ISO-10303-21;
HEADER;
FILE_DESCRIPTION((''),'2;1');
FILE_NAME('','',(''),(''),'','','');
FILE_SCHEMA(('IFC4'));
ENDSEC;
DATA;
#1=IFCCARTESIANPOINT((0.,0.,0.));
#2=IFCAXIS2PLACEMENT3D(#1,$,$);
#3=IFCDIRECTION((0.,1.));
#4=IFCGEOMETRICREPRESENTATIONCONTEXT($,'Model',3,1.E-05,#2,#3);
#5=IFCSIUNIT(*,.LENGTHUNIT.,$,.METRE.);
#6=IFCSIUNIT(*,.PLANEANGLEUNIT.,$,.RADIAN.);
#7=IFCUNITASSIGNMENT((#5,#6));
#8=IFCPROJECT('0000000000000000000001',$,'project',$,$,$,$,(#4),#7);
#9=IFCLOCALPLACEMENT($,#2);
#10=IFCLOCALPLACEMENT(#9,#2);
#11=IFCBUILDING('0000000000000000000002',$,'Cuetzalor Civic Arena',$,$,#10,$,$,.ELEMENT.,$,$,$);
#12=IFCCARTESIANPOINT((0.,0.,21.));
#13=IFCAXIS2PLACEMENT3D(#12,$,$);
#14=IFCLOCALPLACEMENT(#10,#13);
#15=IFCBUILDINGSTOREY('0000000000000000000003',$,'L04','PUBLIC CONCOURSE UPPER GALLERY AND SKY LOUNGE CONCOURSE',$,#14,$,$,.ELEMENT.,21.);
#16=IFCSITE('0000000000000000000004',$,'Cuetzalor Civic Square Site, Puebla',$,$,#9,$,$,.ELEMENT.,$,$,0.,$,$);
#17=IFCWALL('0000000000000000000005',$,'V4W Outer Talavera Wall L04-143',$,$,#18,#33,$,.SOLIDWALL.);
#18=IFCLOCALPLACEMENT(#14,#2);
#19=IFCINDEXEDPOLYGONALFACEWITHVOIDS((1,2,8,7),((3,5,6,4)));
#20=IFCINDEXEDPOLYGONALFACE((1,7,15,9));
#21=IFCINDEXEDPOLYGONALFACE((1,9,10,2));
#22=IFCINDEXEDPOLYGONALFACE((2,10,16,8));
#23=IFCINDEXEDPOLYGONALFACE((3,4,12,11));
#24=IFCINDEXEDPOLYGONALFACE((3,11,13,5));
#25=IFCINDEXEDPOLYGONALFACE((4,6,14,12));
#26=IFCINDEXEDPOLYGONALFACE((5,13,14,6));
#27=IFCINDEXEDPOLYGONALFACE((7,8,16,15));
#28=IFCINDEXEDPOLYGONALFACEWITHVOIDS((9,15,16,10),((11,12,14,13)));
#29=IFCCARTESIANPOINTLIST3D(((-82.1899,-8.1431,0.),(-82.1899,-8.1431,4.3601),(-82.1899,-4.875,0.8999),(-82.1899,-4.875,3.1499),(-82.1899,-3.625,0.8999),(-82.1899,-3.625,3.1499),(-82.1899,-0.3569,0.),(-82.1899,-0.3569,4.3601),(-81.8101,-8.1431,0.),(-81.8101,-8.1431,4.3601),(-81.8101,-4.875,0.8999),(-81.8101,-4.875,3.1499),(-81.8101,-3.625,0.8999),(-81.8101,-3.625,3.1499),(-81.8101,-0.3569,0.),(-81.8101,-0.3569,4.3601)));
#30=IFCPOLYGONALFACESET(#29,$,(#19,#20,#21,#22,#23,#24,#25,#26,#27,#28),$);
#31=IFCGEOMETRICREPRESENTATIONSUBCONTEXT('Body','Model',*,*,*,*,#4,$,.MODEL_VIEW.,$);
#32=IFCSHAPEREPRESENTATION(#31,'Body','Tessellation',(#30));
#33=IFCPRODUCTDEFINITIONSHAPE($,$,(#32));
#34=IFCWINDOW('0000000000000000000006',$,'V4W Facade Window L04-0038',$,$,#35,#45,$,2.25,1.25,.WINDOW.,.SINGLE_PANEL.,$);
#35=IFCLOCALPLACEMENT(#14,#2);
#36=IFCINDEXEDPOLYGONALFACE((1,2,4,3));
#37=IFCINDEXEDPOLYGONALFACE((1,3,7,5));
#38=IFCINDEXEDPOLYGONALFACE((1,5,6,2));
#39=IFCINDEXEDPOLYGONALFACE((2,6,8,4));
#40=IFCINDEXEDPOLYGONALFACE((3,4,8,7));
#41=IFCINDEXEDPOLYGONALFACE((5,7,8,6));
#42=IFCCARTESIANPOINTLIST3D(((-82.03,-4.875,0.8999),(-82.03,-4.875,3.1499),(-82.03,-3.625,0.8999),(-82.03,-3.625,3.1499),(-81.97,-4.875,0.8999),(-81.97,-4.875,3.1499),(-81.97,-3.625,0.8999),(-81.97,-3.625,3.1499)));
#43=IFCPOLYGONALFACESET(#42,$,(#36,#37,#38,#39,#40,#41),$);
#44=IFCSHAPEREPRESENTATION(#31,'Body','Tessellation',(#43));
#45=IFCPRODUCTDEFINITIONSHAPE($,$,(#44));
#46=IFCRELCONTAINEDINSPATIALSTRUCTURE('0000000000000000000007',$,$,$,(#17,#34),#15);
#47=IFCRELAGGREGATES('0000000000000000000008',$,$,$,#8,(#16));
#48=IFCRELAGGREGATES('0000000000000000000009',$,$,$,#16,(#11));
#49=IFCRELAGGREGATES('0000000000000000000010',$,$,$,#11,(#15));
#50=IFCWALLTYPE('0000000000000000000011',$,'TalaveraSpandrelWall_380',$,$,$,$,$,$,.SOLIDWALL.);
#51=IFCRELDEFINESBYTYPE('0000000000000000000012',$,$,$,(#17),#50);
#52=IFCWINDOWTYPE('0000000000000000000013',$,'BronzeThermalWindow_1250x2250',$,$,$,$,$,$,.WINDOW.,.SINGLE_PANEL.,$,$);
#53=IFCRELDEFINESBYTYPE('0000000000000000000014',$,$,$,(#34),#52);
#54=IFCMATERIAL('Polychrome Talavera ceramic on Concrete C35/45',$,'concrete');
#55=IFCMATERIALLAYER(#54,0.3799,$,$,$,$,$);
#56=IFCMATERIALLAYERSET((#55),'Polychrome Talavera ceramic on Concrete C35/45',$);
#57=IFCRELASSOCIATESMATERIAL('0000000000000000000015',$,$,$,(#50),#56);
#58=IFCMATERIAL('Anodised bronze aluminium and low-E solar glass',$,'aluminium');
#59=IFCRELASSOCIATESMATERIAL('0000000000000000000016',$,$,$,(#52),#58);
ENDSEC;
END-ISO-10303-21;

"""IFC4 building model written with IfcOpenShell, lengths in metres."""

from ifc_helpers import new_model, si_unit, direction, frame, frame_2d, origin, place, context, subcontext, project, spatial, rectangle, extrude, material, layer, layer_set, type_object, element, fill, save


model = new_model("IFC4")

# Units and contexts
model_context = context("Model", 3, precision=1e-05, world=origin(), true_north=direction((0.0, 1.0)))
body_context = subcontext(model_context, "Body", "Model", "MODEL_VIEW")
ifc_project = project(units=[si_unit("LENGTHUNIT", "METRE"), si_unit("PLANEANGLEUNIT", "RADIAN")], contexts=[model_context])

# Site, building, storey
site_placement = place(None, origin())
site = spatial("IfcSite", under=ifc_project, at=site_placement, Name="Cuetzalor Civic Square Site, Puebla", CompositionType="ELEMENT", RefElevation=0.0)
building_placement = place(site_placement, origin())
building = spatial("IfcBuilding", under=site, at=building_placement, Name="Cuetzalor Civic Arena", CompositionType="ELEMENT")
storey_placement = place(building_placement, frame((0.0, 0.0, 21.0)))
storey = spatial("IfcBuildingStorey", under=building, at=storey_placement, Name="L04", Description="PUBLIC CONCOURSE UPPER GALLERY AND SKY LOUNGE CONCOURSE", CompositionType="ELEMENT", Elevation=21.0)

# Wall, opening, window
ifc_material_1 = material(Name="Polychrome Talavera ceramic on Concrete C35/45", Category="concrete")
ifc_layer_1 = layer(ifc_material_1, 0.3799)
ifc_layer_set_1 = layer_set([ifc_layer_1], Name="Polychrome Talavera ceramic on Concrete C35/45")
wall_type = type_object("IfcWallType", Name="TalaveraSpandrelWall_380", PredefinedType="SOLIDWALL", material=ifc_layer_set_1)
wall_placement = place(storey_placement, frame((-82.0, -8.1431, 0.0), z_axis=(0.0, 0.0, 1.0), x_axis=(0.0, 1.0, 0.0)))
wall = element("IfcWall", 1, at=wall_placement, inside=storey, type_object=wall_type, Name="V4W Outer Talavera Wall L04-143", PredefinedType="SOLIDWALL", context=body_context, shape_type="SweptSolid", body=[
    extrude(rectangle(XDim=7.7861, YDim=0.3799, at=frame_2d((3.8931, 0.0))), origin(), (0.0, 0.0, 1.0), 4.3601),
])
opening_placement = place(wall_placement, frame((3.2681, 0.0, 0.8999)))
opening = element("IfcOpeningElement", 2, at=opening_placement, cuts=wall, PredefinedType="OPENING", context=body_context, shape_type="SweptSolid", body=[
    extrude(rectangle(XDim=1.25, YDim=2.25, at=frame_2d((0.625, 1.125))), frame((0.0, 0.2, 0.0), z_axis=(0.0, -1.0, 0.0), x_axis=(1.0, 0.0, 0.0)), (0.0, 0.0, 1.0), 0.3999),
])
ifc_material_2 = material(Name="Anodised bronze aluminium and low-E solar glass", Category="aluminium")
window_type = type_object("IfcWindowType", Name="BronzeThermalWindow_1250x2250", PartitioningType="SINGLE_PANEL", PredefinedType="WINDOW", material=ifc_material_2)
window_placement = place(opening_placement, origin())
window = element("IfcWindow", 3, at=window_placement, inside=storey, type_object=window_type, Name="V4W Facade Window L04-0038", OverallHeight=2.25, OverallWidth=1.25, PartitioningType="SINGLE_PANEL", PredefinedType="WINDOW", context=body_context, shape_type="SweptSolid", body=[
    extrude(rectangle(XDim=1.25, YDim=2.25, at=frame_2d((0.625, 1.125))), frame((0.0, 0.03, 0.0), z_axis=(0.0, -1.0, 0.0), x_axis=(1.0, 0.0, 0.0)), (0.0, 0.0, 1.0), 0.0601),
])
fill(opening, window)

save(model, "model.ifc")
